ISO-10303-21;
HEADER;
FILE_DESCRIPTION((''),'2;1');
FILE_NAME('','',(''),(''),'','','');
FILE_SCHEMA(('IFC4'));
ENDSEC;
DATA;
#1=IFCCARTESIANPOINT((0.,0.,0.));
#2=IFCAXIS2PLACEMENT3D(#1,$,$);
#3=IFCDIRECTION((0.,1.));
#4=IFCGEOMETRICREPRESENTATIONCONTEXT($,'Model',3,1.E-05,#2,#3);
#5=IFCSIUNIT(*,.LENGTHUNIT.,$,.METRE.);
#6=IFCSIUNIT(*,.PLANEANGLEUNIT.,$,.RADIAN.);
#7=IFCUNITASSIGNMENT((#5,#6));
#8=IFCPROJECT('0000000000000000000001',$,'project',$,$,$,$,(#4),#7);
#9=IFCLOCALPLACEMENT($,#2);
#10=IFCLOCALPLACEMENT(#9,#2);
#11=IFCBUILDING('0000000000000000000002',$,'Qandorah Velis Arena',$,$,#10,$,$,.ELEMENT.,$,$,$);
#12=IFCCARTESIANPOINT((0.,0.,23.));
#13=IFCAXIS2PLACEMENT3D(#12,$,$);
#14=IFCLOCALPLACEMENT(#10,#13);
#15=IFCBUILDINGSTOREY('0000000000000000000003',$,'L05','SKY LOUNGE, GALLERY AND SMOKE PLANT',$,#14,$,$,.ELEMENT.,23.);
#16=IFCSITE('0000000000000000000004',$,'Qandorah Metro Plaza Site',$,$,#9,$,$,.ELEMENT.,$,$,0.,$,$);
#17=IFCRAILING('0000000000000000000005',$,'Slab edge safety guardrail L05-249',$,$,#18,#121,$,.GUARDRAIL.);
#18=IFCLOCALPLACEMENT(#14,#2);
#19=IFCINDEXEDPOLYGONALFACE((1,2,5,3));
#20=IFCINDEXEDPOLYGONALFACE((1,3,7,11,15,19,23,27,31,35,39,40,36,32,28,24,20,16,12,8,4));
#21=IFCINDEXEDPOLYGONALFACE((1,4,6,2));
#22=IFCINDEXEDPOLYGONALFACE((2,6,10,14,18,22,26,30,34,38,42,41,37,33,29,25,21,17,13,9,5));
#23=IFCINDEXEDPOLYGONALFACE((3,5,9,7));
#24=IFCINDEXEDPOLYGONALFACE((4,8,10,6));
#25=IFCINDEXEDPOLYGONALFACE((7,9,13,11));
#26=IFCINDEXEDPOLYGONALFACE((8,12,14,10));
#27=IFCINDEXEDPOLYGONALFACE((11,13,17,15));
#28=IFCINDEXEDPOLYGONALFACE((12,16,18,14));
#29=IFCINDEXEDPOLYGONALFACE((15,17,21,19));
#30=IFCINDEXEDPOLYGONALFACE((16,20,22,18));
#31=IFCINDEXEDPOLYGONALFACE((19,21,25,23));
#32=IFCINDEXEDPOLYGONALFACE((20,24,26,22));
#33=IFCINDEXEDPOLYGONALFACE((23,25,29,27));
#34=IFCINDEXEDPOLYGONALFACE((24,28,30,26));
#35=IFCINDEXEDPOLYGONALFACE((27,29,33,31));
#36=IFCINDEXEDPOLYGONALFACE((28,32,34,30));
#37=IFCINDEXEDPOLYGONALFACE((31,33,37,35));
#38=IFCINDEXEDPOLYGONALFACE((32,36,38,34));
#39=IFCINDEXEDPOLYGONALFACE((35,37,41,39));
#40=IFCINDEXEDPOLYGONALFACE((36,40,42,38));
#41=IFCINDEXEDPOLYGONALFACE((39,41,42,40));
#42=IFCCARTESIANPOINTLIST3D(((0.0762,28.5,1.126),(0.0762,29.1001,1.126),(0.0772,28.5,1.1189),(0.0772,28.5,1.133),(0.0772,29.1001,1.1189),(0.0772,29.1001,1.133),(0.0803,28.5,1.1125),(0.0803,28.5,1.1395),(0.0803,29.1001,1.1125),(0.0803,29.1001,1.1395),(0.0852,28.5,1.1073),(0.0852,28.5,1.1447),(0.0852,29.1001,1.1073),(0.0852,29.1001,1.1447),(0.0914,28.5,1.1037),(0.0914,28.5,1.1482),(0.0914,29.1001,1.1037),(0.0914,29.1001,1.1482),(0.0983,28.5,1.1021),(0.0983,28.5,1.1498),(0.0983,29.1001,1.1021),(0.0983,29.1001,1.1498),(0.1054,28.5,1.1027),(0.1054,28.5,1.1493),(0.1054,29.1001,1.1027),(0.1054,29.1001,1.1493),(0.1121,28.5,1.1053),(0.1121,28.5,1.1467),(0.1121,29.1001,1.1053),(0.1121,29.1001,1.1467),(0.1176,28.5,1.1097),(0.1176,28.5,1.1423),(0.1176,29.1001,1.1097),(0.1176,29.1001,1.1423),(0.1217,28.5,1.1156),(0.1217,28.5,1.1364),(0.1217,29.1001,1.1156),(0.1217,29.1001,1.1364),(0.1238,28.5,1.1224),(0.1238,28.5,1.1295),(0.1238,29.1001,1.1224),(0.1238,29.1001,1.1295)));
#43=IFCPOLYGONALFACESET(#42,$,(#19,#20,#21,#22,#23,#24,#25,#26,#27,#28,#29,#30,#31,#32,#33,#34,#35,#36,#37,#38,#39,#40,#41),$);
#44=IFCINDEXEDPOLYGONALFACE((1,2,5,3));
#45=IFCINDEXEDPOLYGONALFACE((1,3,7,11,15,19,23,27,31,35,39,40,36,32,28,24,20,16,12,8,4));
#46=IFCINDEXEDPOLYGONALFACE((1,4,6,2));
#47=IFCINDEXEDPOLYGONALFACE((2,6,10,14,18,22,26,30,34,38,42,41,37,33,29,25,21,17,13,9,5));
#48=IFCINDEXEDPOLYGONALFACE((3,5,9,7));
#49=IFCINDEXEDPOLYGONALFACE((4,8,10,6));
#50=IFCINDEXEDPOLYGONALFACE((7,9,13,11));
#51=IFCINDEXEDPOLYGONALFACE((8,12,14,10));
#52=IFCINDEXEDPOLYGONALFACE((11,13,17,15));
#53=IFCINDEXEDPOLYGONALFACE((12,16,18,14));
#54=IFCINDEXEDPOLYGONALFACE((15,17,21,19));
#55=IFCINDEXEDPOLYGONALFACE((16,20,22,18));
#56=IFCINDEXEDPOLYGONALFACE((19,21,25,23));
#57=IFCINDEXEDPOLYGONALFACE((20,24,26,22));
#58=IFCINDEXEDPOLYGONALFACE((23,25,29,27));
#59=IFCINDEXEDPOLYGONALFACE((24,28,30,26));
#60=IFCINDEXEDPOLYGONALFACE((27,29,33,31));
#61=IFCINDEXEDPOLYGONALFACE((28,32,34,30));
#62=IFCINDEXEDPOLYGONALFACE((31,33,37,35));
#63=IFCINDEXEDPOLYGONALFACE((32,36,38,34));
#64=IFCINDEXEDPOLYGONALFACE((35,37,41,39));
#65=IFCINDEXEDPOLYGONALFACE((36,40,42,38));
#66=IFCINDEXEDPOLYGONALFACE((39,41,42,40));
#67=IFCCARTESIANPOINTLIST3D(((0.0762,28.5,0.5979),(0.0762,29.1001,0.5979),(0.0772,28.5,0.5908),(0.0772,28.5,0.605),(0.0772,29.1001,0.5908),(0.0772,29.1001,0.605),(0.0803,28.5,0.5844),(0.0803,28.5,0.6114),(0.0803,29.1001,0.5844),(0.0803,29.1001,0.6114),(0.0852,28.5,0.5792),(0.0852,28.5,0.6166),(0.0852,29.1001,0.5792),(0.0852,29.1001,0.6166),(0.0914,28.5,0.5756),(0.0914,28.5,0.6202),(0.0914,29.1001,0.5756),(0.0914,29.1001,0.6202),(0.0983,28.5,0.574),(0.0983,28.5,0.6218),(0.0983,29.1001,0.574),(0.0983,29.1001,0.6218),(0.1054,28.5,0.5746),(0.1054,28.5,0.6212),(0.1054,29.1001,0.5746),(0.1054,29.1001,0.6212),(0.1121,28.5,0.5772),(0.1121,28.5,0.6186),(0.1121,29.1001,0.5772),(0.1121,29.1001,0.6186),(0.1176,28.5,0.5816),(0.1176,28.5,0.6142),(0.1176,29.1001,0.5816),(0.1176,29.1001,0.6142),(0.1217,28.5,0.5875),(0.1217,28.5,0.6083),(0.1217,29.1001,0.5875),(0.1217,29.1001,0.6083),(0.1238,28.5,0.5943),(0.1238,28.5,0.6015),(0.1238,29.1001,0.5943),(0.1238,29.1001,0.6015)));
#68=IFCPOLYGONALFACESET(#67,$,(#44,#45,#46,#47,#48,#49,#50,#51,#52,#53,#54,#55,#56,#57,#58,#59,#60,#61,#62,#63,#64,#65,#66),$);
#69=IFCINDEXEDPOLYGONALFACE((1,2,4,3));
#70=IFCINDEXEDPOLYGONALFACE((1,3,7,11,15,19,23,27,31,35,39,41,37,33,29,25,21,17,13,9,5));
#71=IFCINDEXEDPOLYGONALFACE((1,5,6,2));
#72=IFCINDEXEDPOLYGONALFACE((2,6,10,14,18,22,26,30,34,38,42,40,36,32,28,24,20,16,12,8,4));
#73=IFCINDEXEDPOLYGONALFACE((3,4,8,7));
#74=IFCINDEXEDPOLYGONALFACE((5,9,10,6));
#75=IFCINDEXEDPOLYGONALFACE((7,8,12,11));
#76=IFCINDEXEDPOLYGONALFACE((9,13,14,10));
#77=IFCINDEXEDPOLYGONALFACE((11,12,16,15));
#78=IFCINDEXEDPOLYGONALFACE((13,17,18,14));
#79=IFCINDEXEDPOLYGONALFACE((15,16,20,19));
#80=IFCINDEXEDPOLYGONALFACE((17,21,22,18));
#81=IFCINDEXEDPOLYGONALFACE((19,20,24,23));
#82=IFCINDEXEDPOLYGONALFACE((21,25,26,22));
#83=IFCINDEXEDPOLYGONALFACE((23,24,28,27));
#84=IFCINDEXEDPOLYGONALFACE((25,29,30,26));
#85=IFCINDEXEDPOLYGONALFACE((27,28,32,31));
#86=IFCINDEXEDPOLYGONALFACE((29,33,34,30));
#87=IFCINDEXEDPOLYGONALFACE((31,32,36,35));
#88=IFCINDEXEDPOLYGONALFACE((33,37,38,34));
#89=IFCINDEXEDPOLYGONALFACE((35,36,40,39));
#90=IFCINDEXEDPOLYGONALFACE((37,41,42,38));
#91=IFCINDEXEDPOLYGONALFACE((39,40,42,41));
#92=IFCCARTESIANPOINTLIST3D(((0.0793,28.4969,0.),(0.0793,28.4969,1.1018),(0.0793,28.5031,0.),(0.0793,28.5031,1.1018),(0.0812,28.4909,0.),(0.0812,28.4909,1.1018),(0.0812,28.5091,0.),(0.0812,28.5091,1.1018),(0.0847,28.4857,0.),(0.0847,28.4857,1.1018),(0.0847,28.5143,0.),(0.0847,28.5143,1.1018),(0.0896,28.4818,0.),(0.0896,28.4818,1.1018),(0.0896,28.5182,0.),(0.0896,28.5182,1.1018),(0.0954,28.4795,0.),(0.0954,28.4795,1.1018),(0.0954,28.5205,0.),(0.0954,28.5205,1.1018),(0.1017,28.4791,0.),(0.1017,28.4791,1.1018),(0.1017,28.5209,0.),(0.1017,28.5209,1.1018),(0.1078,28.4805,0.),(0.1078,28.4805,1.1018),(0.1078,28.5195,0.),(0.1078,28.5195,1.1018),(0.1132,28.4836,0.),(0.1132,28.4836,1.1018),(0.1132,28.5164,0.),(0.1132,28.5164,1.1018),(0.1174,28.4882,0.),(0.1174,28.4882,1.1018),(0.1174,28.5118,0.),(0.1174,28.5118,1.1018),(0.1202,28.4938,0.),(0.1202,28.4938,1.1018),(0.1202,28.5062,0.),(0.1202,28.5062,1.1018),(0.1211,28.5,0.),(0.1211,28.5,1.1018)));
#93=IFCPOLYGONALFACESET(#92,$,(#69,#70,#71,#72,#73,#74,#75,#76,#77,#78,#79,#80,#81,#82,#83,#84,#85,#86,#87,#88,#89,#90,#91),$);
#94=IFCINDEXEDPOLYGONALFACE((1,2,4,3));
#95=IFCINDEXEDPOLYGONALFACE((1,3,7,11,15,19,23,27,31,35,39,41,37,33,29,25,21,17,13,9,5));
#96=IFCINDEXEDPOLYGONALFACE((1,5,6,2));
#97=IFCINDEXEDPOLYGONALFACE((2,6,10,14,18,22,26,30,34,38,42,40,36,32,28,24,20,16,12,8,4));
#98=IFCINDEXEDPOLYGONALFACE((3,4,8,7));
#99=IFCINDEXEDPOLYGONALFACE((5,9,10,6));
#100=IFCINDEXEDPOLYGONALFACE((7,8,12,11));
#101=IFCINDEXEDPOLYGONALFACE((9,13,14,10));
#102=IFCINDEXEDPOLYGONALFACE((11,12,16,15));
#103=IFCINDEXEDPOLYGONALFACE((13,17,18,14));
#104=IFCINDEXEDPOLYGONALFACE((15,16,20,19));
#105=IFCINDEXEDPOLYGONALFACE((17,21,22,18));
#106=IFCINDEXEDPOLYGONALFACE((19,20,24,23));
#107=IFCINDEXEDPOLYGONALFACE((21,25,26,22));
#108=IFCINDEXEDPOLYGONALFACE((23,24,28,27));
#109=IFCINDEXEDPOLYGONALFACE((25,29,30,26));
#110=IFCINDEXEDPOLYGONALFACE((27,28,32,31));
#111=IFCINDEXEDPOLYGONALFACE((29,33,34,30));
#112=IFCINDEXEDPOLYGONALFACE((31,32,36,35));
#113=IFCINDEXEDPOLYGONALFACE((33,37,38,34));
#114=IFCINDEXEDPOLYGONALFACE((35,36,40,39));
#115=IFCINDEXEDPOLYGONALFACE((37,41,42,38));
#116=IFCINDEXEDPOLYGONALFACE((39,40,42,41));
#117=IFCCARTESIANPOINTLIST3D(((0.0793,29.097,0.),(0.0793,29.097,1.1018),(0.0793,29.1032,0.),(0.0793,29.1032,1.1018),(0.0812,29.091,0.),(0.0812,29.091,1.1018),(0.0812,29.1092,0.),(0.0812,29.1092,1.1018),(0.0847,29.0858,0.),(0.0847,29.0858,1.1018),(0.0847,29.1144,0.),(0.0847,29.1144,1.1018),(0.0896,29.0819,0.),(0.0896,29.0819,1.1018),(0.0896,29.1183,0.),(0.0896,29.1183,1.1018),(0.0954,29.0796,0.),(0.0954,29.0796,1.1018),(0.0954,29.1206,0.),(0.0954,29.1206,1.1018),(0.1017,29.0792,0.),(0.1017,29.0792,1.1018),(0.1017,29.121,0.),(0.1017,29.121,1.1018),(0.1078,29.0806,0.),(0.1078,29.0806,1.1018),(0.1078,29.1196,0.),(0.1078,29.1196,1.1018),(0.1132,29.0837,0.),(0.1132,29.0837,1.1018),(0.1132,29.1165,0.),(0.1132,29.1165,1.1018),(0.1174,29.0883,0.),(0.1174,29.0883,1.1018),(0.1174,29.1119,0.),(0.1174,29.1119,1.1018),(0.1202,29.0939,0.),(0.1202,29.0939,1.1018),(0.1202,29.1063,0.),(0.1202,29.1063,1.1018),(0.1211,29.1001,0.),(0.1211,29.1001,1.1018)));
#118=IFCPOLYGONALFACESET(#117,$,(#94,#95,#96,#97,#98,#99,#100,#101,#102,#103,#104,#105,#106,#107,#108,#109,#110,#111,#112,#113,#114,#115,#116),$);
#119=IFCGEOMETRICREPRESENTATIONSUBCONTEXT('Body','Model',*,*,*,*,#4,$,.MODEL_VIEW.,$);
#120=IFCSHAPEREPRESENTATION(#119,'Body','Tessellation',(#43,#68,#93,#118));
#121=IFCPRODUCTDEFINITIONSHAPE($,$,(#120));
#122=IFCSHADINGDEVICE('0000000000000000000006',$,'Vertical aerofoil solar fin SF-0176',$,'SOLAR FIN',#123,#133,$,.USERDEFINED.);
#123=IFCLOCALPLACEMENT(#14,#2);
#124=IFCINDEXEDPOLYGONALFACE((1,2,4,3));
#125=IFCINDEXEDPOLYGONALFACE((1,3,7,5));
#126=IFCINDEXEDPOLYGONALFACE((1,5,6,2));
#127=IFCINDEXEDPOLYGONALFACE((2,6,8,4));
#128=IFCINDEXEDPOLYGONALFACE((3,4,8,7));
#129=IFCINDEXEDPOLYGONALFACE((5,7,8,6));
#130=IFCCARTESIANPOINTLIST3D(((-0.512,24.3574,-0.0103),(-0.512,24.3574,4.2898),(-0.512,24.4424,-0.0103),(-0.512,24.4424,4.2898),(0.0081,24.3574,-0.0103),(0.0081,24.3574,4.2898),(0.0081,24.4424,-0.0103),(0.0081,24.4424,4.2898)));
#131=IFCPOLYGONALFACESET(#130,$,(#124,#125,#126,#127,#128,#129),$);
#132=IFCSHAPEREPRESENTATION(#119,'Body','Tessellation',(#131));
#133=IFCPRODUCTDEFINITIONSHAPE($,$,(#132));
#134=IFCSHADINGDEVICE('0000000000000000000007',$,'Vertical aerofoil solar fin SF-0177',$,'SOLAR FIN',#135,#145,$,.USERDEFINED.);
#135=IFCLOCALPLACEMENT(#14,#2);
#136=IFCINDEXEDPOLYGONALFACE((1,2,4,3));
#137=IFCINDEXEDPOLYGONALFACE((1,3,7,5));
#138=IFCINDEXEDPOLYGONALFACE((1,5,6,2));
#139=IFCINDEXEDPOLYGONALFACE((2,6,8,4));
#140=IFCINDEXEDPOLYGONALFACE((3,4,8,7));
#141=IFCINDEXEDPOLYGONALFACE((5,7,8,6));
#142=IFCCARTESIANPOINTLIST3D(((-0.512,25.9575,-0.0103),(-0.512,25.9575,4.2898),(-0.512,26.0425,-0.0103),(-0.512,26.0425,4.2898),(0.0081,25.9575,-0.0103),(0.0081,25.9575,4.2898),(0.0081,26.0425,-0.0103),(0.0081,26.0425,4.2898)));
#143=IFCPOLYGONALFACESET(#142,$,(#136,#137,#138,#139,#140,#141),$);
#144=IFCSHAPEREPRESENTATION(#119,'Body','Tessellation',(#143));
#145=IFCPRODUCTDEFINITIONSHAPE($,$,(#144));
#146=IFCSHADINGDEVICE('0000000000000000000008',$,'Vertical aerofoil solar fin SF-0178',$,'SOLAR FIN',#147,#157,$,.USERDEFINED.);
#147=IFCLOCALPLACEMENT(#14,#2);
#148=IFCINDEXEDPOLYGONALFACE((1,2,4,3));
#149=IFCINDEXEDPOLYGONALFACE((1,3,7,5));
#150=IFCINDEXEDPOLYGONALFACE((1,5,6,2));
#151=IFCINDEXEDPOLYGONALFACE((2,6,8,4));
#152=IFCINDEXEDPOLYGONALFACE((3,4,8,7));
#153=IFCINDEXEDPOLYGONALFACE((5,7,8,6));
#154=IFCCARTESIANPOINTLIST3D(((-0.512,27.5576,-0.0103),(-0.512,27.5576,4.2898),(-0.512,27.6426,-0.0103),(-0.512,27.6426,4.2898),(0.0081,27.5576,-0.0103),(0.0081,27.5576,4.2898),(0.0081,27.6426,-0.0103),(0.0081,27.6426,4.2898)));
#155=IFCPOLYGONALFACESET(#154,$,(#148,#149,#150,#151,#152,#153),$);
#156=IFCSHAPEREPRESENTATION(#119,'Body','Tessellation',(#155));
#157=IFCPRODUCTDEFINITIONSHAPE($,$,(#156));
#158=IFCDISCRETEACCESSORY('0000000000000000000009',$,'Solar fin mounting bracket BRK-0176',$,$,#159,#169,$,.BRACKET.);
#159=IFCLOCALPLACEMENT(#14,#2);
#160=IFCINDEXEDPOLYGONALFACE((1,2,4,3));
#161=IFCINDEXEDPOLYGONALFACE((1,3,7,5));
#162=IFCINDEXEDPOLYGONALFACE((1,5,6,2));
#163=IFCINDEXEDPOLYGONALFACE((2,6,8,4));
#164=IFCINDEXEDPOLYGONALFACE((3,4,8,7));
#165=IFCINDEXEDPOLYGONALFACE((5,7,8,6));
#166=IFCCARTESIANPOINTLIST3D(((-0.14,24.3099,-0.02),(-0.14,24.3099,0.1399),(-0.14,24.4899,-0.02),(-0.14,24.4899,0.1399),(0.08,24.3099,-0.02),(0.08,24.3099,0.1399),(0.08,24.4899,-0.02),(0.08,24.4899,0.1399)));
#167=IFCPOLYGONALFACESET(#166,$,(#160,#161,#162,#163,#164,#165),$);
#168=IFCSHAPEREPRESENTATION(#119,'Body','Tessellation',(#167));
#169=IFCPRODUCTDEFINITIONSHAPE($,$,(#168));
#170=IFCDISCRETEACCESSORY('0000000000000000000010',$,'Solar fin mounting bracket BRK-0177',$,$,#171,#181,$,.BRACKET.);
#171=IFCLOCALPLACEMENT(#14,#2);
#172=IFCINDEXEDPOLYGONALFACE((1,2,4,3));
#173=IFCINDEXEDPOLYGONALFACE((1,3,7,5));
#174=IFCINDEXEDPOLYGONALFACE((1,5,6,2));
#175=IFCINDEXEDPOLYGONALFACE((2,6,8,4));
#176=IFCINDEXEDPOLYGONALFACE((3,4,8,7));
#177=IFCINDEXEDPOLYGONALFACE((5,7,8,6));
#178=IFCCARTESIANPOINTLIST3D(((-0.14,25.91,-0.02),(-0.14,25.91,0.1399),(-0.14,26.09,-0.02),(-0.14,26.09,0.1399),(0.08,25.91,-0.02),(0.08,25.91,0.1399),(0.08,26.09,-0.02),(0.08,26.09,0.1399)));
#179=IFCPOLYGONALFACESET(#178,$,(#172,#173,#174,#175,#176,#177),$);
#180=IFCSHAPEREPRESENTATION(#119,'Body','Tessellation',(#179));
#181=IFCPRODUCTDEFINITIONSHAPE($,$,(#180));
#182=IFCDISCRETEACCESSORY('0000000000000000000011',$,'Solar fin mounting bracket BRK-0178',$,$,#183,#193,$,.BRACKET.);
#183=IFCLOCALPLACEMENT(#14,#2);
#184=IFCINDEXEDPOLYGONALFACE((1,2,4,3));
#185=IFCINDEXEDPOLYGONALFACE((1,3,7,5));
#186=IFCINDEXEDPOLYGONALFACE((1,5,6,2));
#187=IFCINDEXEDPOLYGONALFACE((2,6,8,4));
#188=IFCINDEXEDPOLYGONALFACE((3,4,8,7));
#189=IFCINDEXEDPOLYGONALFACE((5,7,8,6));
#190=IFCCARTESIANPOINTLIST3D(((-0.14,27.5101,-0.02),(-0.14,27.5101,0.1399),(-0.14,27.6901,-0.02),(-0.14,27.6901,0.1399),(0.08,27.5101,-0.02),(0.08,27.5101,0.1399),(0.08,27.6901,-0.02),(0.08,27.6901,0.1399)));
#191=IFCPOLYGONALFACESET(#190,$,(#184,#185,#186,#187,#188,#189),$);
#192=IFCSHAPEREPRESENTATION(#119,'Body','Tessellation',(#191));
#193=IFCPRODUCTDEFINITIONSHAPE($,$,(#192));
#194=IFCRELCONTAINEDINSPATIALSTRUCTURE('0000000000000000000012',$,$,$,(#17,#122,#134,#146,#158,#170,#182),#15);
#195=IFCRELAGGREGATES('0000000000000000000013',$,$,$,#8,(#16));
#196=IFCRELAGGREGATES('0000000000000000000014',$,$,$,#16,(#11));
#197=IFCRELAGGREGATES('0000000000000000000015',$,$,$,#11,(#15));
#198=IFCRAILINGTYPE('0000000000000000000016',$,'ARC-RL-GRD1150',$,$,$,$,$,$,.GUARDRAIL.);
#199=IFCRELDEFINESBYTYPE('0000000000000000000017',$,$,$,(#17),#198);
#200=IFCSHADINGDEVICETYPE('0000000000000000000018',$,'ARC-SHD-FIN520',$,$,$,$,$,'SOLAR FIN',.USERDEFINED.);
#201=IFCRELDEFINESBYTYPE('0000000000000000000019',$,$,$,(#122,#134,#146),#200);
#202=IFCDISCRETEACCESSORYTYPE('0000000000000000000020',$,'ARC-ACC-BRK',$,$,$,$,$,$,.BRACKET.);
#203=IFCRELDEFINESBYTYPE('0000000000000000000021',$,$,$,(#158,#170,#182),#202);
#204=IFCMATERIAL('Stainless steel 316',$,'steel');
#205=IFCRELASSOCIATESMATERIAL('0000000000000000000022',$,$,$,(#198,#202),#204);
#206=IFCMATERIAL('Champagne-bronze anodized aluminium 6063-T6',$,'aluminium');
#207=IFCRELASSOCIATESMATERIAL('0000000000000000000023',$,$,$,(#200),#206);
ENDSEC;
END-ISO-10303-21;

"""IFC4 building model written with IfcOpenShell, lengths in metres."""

from ifc_helpers import new_model, si_unit, direction, frame, origin, origin_2d, place, context, subcontext, project, spatial, rectangle, circle, extrude, material, type_object, element, save


model = new_model("IFC4")

# Units and contexts
model_context = context("Model", 3, precision=1e-05, world=origin(), true_north=direction((0.0, 1.0)))
body_context = subcontext(model_context, "Body", "Model", "MODEL_VIEW")
ifc_project = project(units=[si_unit("LENGTHUNIT", "METRE"), si_unit("PLANEANGLEUNIT", "RADIAN")], contexts=[model_context])

# Site, building, storey
site_placement = place(None, origin())
site = spatial("IfcSite", under=ifc_project, at=site_placement, Name="Qandorah Metro Plaza Site", CompositionType="ELEMENT", RefElevation=0.0)
building_placement = place(site_placement, origin())
building = spatial("IfcBuilding", under=site, at=building_placement, Name="Qandorah Velis Arena", CompositionType="ELEMENT")
storey_placement = place(building_placement, frame((0.0, 0.0, 23.0)))
storey = spatial("IfcBuildingStorey", under=building, at=storey_placement, Name="L05", Description="SKY LOUNGE, GALLERY AND SMOKE PLANT", CompositionType="ELEMENT", Elevation=23.0)

# Shared definitions
ifc_material_1 = material(Name="Champagne-bronze anodized aluminium 6063-T6", Category="aluminium")

# Railing
ifc_material_2 = material(Name="Stainless steel 316", Category="steel")
railing_type = type_object("IfcRailingType", Name="ARC-RL-GRD1150", PredefinedType="GUARDRAIL", material=ifc_material_2)
railing_placement = place(storey_placement, frame((0.1001, 28.5, 0.0)))
element("IfcRailing", 1, at=railing_placement, inside=storey, type_object=railing_type, Name="Slab edge safety guardrail L05-249", PredefinedType="GUARDRAIL", context=body_context, shape_type="SweptSolid", body=[
    extrude(circle(Radius=0.0239, at=origin_2d()), frame((0.0, 0.0, 1.126), z_axis=(0.0, 1.0, 0.0), x_axis=(-1.0, 0.0, 0.0)), (0.0, 0.0, 1.0), 0.6001),
    extrude(circle(Radius=0.0239, at=origin_2d()), frame((0.0, 0.0, 0.5979), z_axis=(0.0, 1.0, 0.0), x_axis=(-1.0, 0.0, 0.0)), (0.0, 0.0, 1.0), 0.6001),
    extrude(circle(Radius=0.021, at=origin_2d()), origin(), (0.0, 0.0, 1.0), 1.1018),
    extrude(circle(Radius=0.021, at=origin_2d()), frame((0.0, 0.6001, 0.0)), (0.0, 0.0, 1.0), 1.1018),
])

# Shading devices
shading_device_type = type_object("IfcShadingDeviceType", Name="ARC-SHD-FIN520", ElementType="SOLAR FIN", PredefinedType="USERDEFINED", material=ifc_material_1)
for number, where, z_axis, x_axis, name in (
    (2, (-0.252, 24.3999, -0.0103), (0.0, 0.0, 1.0), (1.0, 0.0, 0.0), "Vertical aerofoil solar fin SF-0176"),
    (3, (-0.252, 26.0, -0.0103), (0.0, 0.0, 1.0), (1.0, 0.0, 0.0), "Vertical aerofoil solar fin SF-0177"),
    (4, (-0.252, 27.6001, -0.0103), (0.0, 0.0, 1.0), (1.0, 0.0, 0.0), "Vertical aerofoil solar fin SF-0178"),
):
    element("IfcShadingDevice", number, at=place(storey_placement, frame(where, z_axis=z_axis, x_axis=x_axis)), inside=storey, type_object=shading_device_type, Name=name, ObjectType="SOLAR FIN", PredefinedType="USERDEFINED", context=body_context, shape_type="SweptSolid", body=[
        extrude(rectangle(XDim=0.52, YDim=0.085, at=origin_2d()), origin(), (0.0, 0.0, 1.0), 4.3),
    ])

# Discrete accessories
discrete_accessory_type = type_object("IfcDiscreteAccessoryType", Name="ARC-ACC-BRK", PredefinedType="BRACKET", material=ifc_material_2)
for number, where, z_axis, x_axis, name in (
    (5, (-0.03, 24.3999, -0.02), (0.0, 0.0, 1.0), (1.0, 0.0, 0.0), "Solar fin mounting bracket BRK-0176"),
    (6, (-0.03, 26.0, -0.02), (0.0, 0.0, 1.0), (1.0, 0.0, 0.0), "Solar fin mounting bracket BRK-0177"),
    (7, (-0.03, 27.6001, -0.02), (0.0, 0.0, 1.0), (1.0, 0.0, 0.0), "Solar fin mounting bracket BRK-0178"),
):
    element("IfcDiscreteAccessory", number, at=place(storey_placement, frame(where, z_axis=z_axis, x_axis=x_axis)), inside=storey, type_object=discrete_accessory_type, Name=name, PredefinedType="BRACKET", context=body_context, shape_type="SweptSolid", body=[
        extrude(rectangle(XDim=0.22, YDim=0.1799, at=origin_2d()), origin(), (0.0, 0.0, 1.0), 0.1599),
    ])

save(model, "model.ifc")
